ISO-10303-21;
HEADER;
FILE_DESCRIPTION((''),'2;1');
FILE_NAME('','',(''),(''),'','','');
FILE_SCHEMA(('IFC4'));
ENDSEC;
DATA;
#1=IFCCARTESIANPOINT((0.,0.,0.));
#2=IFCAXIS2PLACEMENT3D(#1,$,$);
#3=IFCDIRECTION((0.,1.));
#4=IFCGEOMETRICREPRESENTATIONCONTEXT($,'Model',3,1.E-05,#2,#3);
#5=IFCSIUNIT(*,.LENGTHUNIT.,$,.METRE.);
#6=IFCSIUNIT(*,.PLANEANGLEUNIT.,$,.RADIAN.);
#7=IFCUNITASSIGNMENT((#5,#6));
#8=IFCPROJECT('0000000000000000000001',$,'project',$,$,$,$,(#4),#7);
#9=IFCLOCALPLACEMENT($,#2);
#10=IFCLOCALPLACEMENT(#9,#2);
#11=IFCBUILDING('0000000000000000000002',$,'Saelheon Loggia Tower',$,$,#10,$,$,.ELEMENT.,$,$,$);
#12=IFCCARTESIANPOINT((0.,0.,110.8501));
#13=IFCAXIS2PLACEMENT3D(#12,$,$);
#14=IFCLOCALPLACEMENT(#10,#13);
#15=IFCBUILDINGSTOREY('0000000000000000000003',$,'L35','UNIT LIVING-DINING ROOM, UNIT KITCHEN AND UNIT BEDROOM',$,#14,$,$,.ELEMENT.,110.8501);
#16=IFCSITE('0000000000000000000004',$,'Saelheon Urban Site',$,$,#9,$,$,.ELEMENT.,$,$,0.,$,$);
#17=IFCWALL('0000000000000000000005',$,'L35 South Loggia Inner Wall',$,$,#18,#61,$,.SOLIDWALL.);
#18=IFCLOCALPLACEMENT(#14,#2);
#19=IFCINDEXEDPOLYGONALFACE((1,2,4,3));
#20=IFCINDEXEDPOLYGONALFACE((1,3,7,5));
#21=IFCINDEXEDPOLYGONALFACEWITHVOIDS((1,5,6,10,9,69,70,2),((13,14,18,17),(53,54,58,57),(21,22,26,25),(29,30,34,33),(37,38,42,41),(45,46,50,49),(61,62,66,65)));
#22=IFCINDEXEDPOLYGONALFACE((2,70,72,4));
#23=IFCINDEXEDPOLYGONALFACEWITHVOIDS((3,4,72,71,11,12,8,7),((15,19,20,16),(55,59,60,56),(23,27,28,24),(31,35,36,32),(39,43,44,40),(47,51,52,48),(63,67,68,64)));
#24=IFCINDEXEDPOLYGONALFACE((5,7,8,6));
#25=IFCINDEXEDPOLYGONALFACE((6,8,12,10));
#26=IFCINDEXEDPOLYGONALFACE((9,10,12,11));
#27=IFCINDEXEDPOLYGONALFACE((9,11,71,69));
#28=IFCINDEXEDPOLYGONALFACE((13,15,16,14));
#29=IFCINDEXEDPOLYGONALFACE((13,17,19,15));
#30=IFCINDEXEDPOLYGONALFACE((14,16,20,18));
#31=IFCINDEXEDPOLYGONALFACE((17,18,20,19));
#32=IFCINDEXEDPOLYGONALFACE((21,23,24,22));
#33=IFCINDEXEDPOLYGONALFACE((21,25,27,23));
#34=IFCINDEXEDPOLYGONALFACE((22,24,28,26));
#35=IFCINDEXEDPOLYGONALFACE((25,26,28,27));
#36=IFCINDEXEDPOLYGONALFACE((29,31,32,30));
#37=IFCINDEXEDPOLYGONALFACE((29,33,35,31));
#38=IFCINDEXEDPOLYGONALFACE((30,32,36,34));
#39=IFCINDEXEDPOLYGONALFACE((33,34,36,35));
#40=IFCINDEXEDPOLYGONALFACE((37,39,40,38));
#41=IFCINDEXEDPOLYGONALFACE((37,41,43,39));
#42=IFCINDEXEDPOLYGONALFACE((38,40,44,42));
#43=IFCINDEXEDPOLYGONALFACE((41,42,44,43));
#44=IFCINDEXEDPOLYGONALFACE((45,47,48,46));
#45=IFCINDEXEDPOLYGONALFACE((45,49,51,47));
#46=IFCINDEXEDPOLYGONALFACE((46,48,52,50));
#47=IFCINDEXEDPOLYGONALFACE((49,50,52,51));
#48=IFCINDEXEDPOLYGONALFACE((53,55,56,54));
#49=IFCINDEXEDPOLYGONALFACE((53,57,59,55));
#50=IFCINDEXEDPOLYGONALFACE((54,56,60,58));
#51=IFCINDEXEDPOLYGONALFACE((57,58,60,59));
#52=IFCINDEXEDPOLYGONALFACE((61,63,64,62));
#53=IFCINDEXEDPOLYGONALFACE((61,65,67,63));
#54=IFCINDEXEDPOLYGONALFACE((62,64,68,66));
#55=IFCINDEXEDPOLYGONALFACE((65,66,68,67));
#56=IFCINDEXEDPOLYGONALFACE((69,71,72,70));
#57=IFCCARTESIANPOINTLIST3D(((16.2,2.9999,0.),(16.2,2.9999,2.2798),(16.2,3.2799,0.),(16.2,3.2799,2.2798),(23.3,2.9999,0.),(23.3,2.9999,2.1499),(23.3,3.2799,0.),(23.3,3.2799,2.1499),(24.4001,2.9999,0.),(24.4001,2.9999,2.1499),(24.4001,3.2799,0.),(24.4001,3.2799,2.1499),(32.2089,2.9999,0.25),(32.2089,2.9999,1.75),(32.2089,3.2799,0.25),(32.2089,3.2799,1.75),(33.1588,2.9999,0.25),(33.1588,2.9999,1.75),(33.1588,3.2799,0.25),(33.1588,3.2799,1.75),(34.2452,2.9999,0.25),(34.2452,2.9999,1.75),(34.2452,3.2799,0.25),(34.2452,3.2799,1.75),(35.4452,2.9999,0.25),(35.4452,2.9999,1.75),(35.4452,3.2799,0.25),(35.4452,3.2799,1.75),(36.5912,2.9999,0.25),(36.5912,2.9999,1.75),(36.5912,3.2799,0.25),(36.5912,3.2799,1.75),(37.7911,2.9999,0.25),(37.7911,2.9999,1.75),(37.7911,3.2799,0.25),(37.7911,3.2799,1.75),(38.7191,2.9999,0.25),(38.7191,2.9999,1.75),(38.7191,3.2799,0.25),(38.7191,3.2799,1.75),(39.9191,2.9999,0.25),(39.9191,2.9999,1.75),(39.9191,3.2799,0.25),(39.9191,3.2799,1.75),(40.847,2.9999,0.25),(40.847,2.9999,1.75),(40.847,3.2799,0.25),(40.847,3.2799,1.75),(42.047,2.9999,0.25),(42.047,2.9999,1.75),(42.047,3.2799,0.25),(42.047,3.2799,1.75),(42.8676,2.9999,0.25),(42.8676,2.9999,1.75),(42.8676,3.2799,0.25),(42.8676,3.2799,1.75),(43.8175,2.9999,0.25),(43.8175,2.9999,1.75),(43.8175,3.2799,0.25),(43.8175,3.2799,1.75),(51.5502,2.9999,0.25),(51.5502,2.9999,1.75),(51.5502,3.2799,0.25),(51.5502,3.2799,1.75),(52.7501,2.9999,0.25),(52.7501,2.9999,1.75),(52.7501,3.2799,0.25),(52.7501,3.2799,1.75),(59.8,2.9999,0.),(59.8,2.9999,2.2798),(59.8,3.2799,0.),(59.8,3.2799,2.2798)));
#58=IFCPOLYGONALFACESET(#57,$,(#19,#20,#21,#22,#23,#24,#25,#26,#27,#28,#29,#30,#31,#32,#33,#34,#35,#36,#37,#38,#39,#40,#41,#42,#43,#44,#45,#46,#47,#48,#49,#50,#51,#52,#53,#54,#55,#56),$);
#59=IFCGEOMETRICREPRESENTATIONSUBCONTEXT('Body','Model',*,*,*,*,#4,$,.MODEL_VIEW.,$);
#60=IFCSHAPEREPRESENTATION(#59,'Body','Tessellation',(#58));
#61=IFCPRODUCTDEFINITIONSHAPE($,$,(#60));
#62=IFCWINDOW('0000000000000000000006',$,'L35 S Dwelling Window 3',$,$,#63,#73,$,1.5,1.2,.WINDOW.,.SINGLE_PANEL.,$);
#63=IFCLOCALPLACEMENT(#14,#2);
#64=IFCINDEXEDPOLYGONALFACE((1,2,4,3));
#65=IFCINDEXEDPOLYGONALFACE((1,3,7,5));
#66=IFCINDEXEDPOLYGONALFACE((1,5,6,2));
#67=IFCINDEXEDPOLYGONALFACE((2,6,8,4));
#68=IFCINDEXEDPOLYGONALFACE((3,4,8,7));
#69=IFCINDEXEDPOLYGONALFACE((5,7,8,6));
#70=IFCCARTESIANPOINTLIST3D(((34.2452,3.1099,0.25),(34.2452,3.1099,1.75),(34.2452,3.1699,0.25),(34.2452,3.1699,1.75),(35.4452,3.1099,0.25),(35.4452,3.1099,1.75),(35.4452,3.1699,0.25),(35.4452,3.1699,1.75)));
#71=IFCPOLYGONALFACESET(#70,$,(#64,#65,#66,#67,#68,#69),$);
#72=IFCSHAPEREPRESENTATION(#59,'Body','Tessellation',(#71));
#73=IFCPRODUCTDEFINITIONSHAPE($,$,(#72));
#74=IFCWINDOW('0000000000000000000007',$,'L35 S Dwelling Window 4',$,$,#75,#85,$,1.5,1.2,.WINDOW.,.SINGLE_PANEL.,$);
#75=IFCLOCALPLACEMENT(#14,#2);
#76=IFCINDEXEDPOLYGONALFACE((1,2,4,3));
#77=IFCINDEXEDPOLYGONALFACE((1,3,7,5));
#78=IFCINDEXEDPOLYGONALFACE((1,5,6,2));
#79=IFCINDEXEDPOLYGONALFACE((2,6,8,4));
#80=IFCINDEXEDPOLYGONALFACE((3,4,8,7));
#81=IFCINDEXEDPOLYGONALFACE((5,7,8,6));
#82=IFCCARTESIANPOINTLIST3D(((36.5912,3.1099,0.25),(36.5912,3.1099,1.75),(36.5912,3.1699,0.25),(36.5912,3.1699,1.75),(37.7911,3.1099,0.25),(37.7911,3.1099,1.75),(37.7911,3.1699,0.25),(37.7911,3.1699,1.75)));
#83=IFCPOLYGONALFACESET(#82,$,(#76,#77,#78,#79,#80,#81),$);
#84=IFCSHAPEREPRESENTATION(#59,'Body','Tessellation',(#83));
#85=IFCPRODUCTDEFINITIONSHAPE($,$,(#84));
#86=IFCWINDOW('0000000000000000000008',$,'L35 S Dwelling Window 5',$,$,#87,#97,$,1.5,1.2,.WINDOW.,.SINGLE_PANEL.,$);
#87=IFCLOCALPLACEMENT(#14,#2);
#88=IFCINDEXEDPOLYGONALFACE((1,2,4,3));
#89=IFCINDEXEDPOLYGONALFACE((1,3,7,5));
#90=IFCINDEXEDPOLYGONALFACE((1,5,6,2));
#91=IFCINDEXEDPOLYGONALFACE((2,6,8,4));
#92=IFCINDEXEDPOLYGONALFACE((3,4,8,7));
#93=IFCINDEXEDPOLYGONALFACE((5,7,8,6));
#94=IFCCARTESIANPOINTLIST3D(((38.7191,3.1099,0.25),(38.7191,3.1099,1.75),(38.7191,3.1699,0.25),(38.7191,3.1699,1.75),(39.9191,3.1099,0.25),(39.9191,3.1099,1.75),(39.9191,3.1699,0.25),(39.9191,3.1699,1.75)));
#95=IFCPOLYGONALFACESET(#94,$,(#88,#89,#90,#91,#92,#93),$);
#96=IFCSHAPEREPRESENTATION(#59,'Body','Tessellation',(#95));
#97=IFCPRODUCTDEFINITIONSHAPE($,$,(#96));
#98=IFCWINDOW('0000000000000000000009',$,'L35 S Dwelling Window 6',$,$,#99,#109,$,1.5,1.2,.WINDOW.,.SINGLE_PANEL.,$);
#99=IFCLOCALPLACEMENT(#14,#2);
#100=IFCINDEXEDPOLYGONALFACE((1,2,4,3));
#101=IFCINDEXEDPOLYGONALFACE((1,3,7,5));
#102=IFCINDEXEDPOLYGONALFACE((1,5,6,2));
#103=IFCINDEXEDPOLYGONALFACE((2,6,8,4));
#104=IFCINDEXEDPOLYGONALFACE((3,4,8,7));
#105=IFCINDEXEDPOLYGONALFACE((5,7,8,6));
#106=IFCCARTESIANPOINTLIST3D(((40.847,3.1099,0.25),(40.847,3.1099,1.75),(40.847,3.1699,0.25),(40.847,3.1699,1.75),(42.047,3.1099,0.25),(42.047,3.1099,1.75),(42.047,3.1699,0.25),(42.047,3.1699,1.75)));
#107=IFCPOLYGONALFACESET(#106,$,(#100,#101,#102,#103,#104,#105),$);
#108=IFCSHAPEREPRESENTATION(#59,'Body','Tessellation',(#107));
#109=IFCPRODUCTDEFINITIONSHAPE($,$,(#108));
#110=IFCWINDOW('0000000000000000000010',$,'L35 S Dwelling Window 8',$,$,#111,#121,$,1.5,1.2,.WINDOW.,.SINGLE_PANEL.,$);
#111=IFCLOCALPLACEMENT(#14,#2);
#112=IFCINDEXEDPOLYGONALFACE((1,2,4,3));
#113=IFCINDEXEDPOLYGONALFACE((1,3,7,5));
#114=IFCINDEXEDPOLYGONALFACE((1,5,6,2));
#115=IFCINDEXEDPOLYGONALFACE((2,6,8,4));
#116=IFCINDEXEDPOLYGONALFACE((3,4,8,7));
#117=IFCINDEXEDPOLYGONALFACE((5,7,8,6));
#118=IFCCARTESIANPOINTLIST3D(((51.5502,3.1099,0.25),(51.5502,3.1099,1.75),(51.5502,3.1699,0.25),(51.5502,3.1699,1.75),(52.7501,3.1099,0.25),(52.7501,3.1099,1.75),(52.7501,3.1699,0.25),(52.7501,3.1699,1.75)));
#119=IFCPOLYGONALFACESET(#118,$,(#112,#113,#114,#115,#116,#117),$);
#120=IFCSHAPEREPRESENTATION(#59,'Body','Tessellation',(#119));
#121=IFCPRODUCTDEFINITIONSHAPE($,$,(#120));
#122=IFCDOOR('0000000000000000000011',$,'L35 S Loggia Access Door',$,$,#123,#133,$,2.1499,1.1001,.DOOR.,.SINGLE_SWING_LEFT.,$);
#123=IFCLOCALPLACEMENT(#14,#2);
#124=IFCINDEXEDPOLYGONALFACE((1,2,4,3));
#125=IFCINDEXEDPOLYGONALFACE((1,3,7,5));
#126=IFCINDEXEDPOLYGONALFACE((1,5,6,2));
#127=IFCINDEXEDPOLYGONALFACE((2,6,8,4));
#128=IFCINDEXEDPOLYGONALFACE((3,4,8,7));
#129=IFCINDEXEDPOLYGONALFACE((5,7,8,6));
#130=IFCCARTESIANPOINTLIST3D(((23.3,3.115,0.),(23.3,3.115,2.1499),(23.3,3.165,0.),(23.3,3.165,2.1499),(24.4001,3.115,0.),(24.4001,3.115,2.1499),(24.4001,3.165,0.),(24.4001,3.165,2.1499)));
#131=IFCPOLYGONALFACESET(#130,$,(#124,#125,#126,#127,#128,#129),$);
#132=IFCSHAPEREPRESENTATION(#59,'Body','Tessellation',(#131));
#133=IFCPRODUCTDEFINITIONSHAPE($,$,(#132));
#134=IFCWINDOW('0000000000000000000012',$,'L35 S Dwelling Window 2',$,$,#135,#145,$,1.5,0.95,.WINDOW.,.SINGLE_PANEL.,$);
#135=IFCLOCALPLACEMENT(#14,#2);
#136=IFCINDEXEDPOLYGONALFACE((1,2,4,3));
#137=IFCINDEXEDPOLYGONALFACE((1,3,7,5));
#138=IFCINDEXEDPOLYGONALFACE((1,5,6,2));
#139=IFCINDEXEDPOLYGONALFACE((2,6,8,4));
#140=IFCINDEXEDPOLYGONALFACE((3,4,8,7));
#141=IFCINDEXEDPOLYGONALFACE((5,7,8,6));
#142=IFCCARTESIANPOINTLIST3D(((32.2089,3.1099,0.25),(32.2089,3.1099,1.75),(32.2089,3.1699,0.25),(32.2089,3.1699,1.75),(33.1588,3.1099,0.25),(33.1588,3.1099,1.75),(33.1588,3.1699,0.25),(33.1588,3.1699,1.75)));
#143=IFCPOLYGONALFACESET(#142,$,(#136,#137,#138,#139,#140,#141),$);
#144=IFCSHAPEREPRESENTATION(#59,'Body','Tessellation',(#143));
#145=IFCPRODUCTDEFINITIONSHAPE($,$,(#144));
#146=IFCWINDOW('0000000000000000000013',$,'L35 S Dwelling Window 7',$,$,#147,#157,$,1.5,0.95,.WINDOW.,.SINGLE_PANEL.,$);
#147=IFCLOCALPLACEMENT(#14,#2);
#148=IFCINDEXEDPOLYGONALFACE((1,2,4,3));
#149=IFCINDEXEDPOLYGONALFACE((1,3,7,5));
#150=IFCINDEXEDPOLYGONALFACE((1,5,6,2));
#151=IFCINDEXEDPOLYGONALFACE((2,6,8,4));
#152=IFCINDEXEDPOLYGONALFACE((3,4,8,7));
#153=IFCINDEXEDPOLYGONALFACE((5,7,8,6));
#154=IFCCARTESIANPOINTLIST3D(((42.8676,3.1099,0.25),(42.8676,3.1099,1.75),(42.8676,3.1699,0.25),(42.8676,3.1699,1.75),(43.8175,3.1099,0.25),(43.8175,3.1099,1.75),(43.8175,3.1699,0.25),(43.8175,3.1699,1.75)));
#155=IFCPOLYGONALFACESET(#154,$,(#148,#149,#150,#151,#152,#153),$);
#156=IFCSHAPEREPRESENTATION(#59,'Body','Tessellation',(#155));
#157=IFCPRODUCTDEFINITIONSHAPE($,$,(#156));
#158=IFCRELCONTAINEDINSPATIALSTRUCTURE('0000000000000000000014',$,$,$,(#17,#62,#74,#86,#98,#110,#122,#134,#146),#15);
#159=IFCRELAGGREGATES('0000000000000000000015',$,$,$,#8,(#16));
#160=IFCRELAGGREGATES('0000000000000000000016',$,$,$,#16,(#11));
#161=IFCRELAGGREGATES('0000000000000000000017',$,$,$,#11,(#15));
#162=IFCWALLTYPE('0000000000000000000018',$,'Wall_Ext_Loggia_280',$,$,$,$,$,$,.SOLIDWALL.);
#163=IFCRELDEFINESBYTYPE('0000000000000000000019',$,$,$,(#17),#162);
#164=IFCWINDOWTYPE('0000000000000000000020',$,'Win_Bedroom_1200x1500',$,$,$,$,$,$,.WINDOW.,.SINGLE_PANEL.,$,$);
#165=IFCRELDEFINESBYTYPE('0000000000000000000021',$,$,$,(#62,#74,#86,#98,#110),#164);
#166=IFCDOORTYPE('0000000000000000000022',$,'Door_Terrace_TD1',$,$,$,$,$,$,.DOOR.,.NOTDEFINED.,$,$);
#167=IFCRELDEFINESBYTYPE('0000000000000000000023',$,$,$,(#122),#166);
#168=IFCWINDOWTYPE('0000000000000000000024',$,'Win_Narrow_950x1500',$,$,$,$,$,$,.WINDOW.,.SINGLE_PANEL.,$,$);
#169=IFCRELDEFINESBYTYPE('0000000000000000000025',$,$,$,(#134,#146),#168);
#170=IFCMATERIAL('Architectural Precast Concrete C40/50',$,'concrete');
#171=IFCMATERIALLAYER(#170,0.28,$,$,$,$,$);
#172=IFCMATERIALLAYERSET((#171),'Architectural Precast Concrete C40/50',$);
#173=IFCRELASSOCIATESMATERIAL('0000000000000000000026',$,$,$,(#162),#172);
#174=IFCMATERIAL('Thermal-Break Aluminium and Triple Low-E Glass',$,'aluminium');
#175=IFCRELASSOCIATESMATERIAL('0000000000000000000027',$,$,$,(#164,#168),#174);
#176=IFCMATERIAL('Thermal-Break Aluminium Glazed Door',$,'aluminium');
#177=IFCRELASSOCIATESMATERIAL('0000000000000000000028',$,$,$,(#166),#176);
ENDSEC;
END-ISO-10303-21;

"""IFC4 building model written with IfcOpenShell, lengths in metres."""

from ifc_helpers import new_model, si_unit, direction, frame, frame_2d, origin, place, context, subcontext, project, spatial, rectangle, extrude, source, transform, mapped, material, layer, layer_set, type_object, element, fill, save


model = new_model("IFC4")

# Units and contexts
model_context = context("Model", 3, precision=1e-05, world=origin(), true_north=direction((0.0, 1.0)))
body_context = subcontext(model_context, "Body", "Model", "MODEL_VIEW")
ifc_project = project(units=[si_unit("LENGTHUNIT", "METRE"), si_unit("PLANEANGLEUNIT", "RADIAN")], contexts=[model_context])

# Site, building, storey
site_placement = place(None, origin())
site = spatial("IfcSite", under=ifc_project, at=site_placement, Name="Saelheon Urban Site", CompositionType="ELEMENT", RefElevation=0.0)
building_placement = place(site_placement, origin())
building = spatial("IfcBuilding", under=site, at=building_placement, Name="Saelheon Loggia Tower", CompositionType="ELEMENT")
storey_placement = place(building_placement, frame((0.0, 0.0, 110.8501)))
storey = spatial("IfcBuildingStorey", under=building, at=storey_placement, Name="L35", Description="UNIT LIVING-DINING ROOM, UNIT KITCHEN AND UNIT BEDROOM", CompositionType="ELEMENT", Elevation=110.8501)

# Wall, openings, windows, door
ifc_material_1 = material(Name="Architectural Precast Concrete C40/50", Category="concrete")
ifc_layer_1 = layer(ifc_material_1, 0.28)
ifc_layer_set_1 = layer_set([ifc_layer_1], Name="Architectural Precast Concrete C40/50")
wall_type_1 = type_object("IfcWallType", Name="Wall_Ext_Loggia_280", PredefinedType="SOLIDWALL", material=ifc_layer_set_1)
wall_1_placement = place(storey_placement, frame((16.2, 3.1399, 0.0), z_axis=(0.0, 0.0, 1.0), x_axis=(1.0, 0.0, 0.0)))
wall_1 = element("IfcWall", 1, at=wall_1_placement, inside=storey, type_object=wall_type_1, Name="L35 South Loggia Inner Wall", PredefinedType="SOLIDWALL", context=body_context, shape_type="SweptSolid", body=[
    extrude(rectangle(XDim=43.6001, YDim=0.28, at=frame_2d((21.8, 0.0))), origin(), (0.0, 0.0, 1.0), 2.2798),
])
opening_1_placement = place(wall_1_placement, frame((8.2002, 0.0, 0.0), z_axis=(0.0, 0.0, 1.0), x_axis=(-1.0, 0.0, 0.0)))
opening_1 = element("IfcOpeningElement", 2, at=opening_1_placement, cuts=wall_1, PredefinedType="OPENING", context=body_context, shape_type="SweptSolid", body=[
    extrude(rectangle(XDim=1.1001, YDim=2.1499, at=frame_2d((0.55, 1.075))), frame((0.0, 0.1521, 0.0), z_axis=(0.0, -1.0, 0.0), x_axis=(1.0, 0.0, 0.0)), (0.0, 0.0, 1.0), 0.304),
])
opening_2_placement = place(wall_1_placement, frame((16.0088, 0.0, 0.25)))
opening_2 = element("IfcOpeningElement", 3, at=opening_2_placement, cuts=wall_1, PredefinedType="OPENING", context=body_context, shape_type="SweptSolid", body=[
    extrude(rectangle(XDim=0.95, YDim=1.5, at=frame_2d((0.4751, 0.75))), frame((0.0, 0.1521, 0.0), z_axis=(0.0, -1.0, 0.0), x_axis=(1.0, 0.0, 0.0)), (0.0, 0.0, 1.0), 0.304),
])
opening_3_placement = place(wall_1_placement, frame((18.0452, 0.0, 0.25)))
opening_3 = element("IfcOpeningElement", 4, at=opening_3_placement, cuts=wall_1, PredefinedType="OPENING", context=body_context, shape_type="SweptSolid", body=[
    extrude(rectangle(XDim=1.2, YDim=1.5, at=frame_2d((0.6001, 0.75))), frame((0.0, 0.1521, 0.0), z_axis=(0.0, -1.0, 0.0), x_axis=(1.0, 0.0, 0.0)), (0.0, 0.0, 1.0), 0.304),
])
opening_4_placement = place(wall_1_placement, frame((20.3911, 0.0, 0.25)))
opening_4 = element("IfcOpeningElement", 5, at=opening_4_placement, cuts=wall_1, PredefinedType="OPENING", context=body_context, shape_type="SweptSolid", body=[
    extrude(rectangle(XDim=1.2, YDim=1.5, at=frame_2d((0.6001, 0.75))), frame((0.0, 0.1521, 0.0), z_axis=(0.0, -1.0, 0.0), x_axis=(1.0, 0.0, 0.0)), (0.0, 0.0, 1.0), 0.304),
])
opening_5_placement = place(wall_1_placement, frame((22.519, 0.0, 0.25)))
opening_5 = element("IfcOpeningElement", 6, at=opening_5_placement, cuts=wall_1, PredefinedType="OPENING", context=body_context, shape_type="SweptSolid", body=[
    extrude(rectangle(XDim=1.2, YDim=1.5, at=frame_2d((0.6001, 0.75))), frame((0.0, 0.1521, 0.0), z_axis=(0.0, -1.0, 0.0), x_axis=(1.0, 0.0, 0.0)), (0.0, 0.0, 1.0), 0.304),
])
opening_6_placement = place(wall_1_placement, frame((24.647, 0.0, 0.25)))
opening_6 = element("IfcOpeningElement", 7, at=opening_6_placement, cuts=wall_1, PredefinedType="OPENING", context=body_context, shape_type="SweptSolid", body=[
    extrude(rectangle(XDim=1.2, YDim=1.5, at=frame_2d((0.6001, 0.75))), frame((0.0, 0.1521, 0.0), z_axis=(0.0, -1.0, 0.0), x_axis=(1.0, 0.0, 0.0)), (0.0, 0.0, 1.0), 0.304),
])
opening_7_placement = place(wall_1_placement, frame((26.6675, 0.0, 0.25)))
opening_7 = element("IfcOpeningElement", 8, at=opening_7_placement, cuts=wall_1, PredefinedType="OPENING", context=body_context, shape_type="SweptSolid", body=[
    extrude(rectangle(XDim=0.95, YDim=1.5, at=frame_2d((0.4751, 0.75))), frame((0.0, 0.1521, 0.0), z_axis=(0.0, -1.0, 0.0), x_axis=(1.0, 0.0, 0.0)), (0.0, 0.0, 1.0), 0.304),
])
opening_8_placement = place(wall_1_placement, frame((35.3501, 0.0, 0.25)))
opening_8 = element("IfcOpeningElement", 9, at=opening_8_placement, cuts=wall_1, PredefinedType="OPENING", context=body_context, shape_type="SweptSolid", body=[
    extrude(rectangle(XDim=1.2, YDim=1.5, at=frame_2d((0.6001, 0.75))), frame((0.0, 0.1521, 0.0), z_axis=(0.0, -1.0, 0.0), x_axis=(1.0, 0.0, 0.0)), (0.0, 0.0, 1.0), 0.304),
])
ifc_material_2 = material(Name="Thermal-Break Aluminium and Triple Low-E Glass", Category="aluminium")
window_type_1 = type_object("IfcWindowType", Name="Win_Bedroom_1200x1500", PartitioningType="SINGLE_PANEL", PredefinedType="WINDOW", material=ifc_material_2)
shared_shape_1 = source(origin(), body_context, "Body", "SweptSolid", [
    extrude(rectangle(XDim=1.2, YDim=1.5, at=frame_2d((0.6001, 0.75))), frame((0.0, 0.03, 0.0), z_axis=(0.0, -1.0, 0.0), x_axis=(1.0, 0.0, 0.0)), (0.0, 0.0, 1.0), 0.0601),
])
window_1_placement = place(opening_3_placement, origin())
window_1 = element("IfcWindow", 10, at=window_1_placement, inside=storey, type_object=window_type_1, Name="L35 S Dwelling Window 3", OverallHeight=1.5, OverallWidth=1.2, PartitioningType="SINGLE_PANEL", PredefinedType="WINDOW", context=body_context, shape_type="MappedRepresentation", body=[
    mapped(shared_shape_1, transform((0.0, 0.0, 0.0), scale=1.0)),
])
fill(opening_3, window_1)
window_2_placement = place(opening_4_placement, origin())
window_2 = element("IfcWindow", 11, at=window_2_placement, inside=storey, type_object=window_type_1, Name="L35 S Dwelling Window 4", OverallHeight=1.5, OverallWidth=1.2, PartitioningType="SINGLE_PANEL", PredefinedType="WINDOW", context=body_context, shape_type="MappedRepresentation", body=[
    mapped(shared_shape_1, transform((0.0, 0.0, 0.0), scale=1.0)),
])
fill(opening_4, window_2)
window_3_placement = place(opening_5_placement, origin())
window_3 = element("IfcWindow", 12, at=window_3_placement, inside=storey, type_object=window_type_1, Name="L35 S Dwelling Window 5", OverallHeight=1.5, OverallWidth=1.2, PartitioningType="SINGLE_PANEL", PredefinedType="WINDOW", context=body_context, shape_type="MappedRepresentation", body=[
    mapped(shared_shape_1, transform((0.0, 0.0, 0.0), scale=1.0)),
])
fill(opening_5, window_3)
window_4_placement = place(opening_6_placement, origin())
window_4 = element("IfcWindow", 13, at=window_4_placement, inside=storey, type_object=window_type_1, Name="L35 S Dwelling Window 6", OverallHeight=1.5, OverallWidth=1.2, PartitioningType="SINGLE_PANEL", PredefinedType="WINDOW", context=body_context, shape_type="MappedRepresentation", body=[
    mapped(shared_shape_1, transform((0.0, 0.0, 0.0), scale=1.0)),
])
fill(opening_6, window_4)
window_5_placement = place(opening_8_placement, origin())
window_5 = element("IfcWindow", 14, at=window_5_placement, inside=storey, type_object=window_type_1, Name="L35 S Dwelling Window 8", OverallHeight=1.5, OverallWidth=1.2, PartitioningType="SINGLE_PANEL", PredefinedType="WINDOW", context=body_context, shape_type="MappedRepresentation", body=[
    mapped(shared_shape_1, transform((0.0, 0.0, 0.0), scale=1.0)),
])
fill(opening_8, window_5)
ifc_material_3 = material(Name="Thermal-Break Aluminium Glazed Door", Category="aluminium")
door_type_1 = type_object("IfcDoorType", Name="Door_Terrace_TD1", OperationType="NOTDEFINED", PredefinedType="DOOR", material=ifc_material_3)
shared_shape_2 = source(origin(), body_context, "Body", "SweptSolid", [
    extrude(rectangle(XDim=1.1001, YDim=2.1499, at=frame_2d((0.55, 1.075))), frame((0.0, 0.0249, 0.0), z_axis=(0.0, -1.0, 0.0), x_axis=(1.0, 0.0, 0.0)), (0.0, 0.0, 1.0), 0.05),
])
door_1_placement = place(opening_1_placement, origin())
door_1 = element("IfcDoor", 15, at=door_1_placement, inside=storey, type_object=door_type_1, Name="L35 S Loggia Access Door", OperationType="SINGLE_SWING_LEFT", OverallHeight=2.1499, OverallWidth=1.1001, PredefinedType="DOOR", context=body_context, shape_type="MappedRepresentation", body=[
    mapped(shared_shape_2, transform((0.0, 0.0, 0.0), scale=1.0)),
])
fill(opening_1, door_1)
window_type_2 = type_object("IfcWindowType", Name="Win_Narrow_950x1500", PartitioningType="SINGLE_PANEL", PredefinedType="WINDOW", material=ifc_material_2)
shared_shape_3 = source(origin(), body_context, "Body", "SweptSolid", [
    extrude(rectangle(XDim=0.95, YDim=1.5, at=frame_2d((0.4751, 0.75))), frame((0.0, 0.03, 0.0), z_axis=(0.0, -1.0, 0.0), x_axis=(1.0, 0.0, 0.0)), (0.0, 0.0, 1.0), 0.0601),
])
window_6_placement = place(opening_2_placement, origin())
window_6 = element("IfcWindow", 16, at=window_6_placement, inside=storey, type_object=window_type_2, Name="L35 S Dwelling Window 2", OverallHeight=1.5, OverallWidth=0.95, PartitioningType="SINGLE_PANEL", PredefinedType="WINDOW", context=body_context, shape_type="MappedRepresentation", body=[
    mapped(shared_shape_3, transform((0.0, 0.0, 0.0), scale=1.0)),
])
fill(opening_2, window_6)
window_7_placement = place(opening_7_placement, origin())
window_7 = element("IfcWindow", 17, at=window_7_placement, inside=storey, type_object=window_type_2, Name="L35 S Dwelling Window 7", OverallHeight=1.5, OverallWidth=0.95, PartitioningType="SINGLE_PANEL", PredefinedType="WINDOW", context=body_context, shape_type="MappedRepresentation", body=[
    mapped(shared_shape_3, transform((0.0, 0.0, 0.0), scale=1.0)),
])
fill(opening_7, window_7)

save(model, "model.ifc")
